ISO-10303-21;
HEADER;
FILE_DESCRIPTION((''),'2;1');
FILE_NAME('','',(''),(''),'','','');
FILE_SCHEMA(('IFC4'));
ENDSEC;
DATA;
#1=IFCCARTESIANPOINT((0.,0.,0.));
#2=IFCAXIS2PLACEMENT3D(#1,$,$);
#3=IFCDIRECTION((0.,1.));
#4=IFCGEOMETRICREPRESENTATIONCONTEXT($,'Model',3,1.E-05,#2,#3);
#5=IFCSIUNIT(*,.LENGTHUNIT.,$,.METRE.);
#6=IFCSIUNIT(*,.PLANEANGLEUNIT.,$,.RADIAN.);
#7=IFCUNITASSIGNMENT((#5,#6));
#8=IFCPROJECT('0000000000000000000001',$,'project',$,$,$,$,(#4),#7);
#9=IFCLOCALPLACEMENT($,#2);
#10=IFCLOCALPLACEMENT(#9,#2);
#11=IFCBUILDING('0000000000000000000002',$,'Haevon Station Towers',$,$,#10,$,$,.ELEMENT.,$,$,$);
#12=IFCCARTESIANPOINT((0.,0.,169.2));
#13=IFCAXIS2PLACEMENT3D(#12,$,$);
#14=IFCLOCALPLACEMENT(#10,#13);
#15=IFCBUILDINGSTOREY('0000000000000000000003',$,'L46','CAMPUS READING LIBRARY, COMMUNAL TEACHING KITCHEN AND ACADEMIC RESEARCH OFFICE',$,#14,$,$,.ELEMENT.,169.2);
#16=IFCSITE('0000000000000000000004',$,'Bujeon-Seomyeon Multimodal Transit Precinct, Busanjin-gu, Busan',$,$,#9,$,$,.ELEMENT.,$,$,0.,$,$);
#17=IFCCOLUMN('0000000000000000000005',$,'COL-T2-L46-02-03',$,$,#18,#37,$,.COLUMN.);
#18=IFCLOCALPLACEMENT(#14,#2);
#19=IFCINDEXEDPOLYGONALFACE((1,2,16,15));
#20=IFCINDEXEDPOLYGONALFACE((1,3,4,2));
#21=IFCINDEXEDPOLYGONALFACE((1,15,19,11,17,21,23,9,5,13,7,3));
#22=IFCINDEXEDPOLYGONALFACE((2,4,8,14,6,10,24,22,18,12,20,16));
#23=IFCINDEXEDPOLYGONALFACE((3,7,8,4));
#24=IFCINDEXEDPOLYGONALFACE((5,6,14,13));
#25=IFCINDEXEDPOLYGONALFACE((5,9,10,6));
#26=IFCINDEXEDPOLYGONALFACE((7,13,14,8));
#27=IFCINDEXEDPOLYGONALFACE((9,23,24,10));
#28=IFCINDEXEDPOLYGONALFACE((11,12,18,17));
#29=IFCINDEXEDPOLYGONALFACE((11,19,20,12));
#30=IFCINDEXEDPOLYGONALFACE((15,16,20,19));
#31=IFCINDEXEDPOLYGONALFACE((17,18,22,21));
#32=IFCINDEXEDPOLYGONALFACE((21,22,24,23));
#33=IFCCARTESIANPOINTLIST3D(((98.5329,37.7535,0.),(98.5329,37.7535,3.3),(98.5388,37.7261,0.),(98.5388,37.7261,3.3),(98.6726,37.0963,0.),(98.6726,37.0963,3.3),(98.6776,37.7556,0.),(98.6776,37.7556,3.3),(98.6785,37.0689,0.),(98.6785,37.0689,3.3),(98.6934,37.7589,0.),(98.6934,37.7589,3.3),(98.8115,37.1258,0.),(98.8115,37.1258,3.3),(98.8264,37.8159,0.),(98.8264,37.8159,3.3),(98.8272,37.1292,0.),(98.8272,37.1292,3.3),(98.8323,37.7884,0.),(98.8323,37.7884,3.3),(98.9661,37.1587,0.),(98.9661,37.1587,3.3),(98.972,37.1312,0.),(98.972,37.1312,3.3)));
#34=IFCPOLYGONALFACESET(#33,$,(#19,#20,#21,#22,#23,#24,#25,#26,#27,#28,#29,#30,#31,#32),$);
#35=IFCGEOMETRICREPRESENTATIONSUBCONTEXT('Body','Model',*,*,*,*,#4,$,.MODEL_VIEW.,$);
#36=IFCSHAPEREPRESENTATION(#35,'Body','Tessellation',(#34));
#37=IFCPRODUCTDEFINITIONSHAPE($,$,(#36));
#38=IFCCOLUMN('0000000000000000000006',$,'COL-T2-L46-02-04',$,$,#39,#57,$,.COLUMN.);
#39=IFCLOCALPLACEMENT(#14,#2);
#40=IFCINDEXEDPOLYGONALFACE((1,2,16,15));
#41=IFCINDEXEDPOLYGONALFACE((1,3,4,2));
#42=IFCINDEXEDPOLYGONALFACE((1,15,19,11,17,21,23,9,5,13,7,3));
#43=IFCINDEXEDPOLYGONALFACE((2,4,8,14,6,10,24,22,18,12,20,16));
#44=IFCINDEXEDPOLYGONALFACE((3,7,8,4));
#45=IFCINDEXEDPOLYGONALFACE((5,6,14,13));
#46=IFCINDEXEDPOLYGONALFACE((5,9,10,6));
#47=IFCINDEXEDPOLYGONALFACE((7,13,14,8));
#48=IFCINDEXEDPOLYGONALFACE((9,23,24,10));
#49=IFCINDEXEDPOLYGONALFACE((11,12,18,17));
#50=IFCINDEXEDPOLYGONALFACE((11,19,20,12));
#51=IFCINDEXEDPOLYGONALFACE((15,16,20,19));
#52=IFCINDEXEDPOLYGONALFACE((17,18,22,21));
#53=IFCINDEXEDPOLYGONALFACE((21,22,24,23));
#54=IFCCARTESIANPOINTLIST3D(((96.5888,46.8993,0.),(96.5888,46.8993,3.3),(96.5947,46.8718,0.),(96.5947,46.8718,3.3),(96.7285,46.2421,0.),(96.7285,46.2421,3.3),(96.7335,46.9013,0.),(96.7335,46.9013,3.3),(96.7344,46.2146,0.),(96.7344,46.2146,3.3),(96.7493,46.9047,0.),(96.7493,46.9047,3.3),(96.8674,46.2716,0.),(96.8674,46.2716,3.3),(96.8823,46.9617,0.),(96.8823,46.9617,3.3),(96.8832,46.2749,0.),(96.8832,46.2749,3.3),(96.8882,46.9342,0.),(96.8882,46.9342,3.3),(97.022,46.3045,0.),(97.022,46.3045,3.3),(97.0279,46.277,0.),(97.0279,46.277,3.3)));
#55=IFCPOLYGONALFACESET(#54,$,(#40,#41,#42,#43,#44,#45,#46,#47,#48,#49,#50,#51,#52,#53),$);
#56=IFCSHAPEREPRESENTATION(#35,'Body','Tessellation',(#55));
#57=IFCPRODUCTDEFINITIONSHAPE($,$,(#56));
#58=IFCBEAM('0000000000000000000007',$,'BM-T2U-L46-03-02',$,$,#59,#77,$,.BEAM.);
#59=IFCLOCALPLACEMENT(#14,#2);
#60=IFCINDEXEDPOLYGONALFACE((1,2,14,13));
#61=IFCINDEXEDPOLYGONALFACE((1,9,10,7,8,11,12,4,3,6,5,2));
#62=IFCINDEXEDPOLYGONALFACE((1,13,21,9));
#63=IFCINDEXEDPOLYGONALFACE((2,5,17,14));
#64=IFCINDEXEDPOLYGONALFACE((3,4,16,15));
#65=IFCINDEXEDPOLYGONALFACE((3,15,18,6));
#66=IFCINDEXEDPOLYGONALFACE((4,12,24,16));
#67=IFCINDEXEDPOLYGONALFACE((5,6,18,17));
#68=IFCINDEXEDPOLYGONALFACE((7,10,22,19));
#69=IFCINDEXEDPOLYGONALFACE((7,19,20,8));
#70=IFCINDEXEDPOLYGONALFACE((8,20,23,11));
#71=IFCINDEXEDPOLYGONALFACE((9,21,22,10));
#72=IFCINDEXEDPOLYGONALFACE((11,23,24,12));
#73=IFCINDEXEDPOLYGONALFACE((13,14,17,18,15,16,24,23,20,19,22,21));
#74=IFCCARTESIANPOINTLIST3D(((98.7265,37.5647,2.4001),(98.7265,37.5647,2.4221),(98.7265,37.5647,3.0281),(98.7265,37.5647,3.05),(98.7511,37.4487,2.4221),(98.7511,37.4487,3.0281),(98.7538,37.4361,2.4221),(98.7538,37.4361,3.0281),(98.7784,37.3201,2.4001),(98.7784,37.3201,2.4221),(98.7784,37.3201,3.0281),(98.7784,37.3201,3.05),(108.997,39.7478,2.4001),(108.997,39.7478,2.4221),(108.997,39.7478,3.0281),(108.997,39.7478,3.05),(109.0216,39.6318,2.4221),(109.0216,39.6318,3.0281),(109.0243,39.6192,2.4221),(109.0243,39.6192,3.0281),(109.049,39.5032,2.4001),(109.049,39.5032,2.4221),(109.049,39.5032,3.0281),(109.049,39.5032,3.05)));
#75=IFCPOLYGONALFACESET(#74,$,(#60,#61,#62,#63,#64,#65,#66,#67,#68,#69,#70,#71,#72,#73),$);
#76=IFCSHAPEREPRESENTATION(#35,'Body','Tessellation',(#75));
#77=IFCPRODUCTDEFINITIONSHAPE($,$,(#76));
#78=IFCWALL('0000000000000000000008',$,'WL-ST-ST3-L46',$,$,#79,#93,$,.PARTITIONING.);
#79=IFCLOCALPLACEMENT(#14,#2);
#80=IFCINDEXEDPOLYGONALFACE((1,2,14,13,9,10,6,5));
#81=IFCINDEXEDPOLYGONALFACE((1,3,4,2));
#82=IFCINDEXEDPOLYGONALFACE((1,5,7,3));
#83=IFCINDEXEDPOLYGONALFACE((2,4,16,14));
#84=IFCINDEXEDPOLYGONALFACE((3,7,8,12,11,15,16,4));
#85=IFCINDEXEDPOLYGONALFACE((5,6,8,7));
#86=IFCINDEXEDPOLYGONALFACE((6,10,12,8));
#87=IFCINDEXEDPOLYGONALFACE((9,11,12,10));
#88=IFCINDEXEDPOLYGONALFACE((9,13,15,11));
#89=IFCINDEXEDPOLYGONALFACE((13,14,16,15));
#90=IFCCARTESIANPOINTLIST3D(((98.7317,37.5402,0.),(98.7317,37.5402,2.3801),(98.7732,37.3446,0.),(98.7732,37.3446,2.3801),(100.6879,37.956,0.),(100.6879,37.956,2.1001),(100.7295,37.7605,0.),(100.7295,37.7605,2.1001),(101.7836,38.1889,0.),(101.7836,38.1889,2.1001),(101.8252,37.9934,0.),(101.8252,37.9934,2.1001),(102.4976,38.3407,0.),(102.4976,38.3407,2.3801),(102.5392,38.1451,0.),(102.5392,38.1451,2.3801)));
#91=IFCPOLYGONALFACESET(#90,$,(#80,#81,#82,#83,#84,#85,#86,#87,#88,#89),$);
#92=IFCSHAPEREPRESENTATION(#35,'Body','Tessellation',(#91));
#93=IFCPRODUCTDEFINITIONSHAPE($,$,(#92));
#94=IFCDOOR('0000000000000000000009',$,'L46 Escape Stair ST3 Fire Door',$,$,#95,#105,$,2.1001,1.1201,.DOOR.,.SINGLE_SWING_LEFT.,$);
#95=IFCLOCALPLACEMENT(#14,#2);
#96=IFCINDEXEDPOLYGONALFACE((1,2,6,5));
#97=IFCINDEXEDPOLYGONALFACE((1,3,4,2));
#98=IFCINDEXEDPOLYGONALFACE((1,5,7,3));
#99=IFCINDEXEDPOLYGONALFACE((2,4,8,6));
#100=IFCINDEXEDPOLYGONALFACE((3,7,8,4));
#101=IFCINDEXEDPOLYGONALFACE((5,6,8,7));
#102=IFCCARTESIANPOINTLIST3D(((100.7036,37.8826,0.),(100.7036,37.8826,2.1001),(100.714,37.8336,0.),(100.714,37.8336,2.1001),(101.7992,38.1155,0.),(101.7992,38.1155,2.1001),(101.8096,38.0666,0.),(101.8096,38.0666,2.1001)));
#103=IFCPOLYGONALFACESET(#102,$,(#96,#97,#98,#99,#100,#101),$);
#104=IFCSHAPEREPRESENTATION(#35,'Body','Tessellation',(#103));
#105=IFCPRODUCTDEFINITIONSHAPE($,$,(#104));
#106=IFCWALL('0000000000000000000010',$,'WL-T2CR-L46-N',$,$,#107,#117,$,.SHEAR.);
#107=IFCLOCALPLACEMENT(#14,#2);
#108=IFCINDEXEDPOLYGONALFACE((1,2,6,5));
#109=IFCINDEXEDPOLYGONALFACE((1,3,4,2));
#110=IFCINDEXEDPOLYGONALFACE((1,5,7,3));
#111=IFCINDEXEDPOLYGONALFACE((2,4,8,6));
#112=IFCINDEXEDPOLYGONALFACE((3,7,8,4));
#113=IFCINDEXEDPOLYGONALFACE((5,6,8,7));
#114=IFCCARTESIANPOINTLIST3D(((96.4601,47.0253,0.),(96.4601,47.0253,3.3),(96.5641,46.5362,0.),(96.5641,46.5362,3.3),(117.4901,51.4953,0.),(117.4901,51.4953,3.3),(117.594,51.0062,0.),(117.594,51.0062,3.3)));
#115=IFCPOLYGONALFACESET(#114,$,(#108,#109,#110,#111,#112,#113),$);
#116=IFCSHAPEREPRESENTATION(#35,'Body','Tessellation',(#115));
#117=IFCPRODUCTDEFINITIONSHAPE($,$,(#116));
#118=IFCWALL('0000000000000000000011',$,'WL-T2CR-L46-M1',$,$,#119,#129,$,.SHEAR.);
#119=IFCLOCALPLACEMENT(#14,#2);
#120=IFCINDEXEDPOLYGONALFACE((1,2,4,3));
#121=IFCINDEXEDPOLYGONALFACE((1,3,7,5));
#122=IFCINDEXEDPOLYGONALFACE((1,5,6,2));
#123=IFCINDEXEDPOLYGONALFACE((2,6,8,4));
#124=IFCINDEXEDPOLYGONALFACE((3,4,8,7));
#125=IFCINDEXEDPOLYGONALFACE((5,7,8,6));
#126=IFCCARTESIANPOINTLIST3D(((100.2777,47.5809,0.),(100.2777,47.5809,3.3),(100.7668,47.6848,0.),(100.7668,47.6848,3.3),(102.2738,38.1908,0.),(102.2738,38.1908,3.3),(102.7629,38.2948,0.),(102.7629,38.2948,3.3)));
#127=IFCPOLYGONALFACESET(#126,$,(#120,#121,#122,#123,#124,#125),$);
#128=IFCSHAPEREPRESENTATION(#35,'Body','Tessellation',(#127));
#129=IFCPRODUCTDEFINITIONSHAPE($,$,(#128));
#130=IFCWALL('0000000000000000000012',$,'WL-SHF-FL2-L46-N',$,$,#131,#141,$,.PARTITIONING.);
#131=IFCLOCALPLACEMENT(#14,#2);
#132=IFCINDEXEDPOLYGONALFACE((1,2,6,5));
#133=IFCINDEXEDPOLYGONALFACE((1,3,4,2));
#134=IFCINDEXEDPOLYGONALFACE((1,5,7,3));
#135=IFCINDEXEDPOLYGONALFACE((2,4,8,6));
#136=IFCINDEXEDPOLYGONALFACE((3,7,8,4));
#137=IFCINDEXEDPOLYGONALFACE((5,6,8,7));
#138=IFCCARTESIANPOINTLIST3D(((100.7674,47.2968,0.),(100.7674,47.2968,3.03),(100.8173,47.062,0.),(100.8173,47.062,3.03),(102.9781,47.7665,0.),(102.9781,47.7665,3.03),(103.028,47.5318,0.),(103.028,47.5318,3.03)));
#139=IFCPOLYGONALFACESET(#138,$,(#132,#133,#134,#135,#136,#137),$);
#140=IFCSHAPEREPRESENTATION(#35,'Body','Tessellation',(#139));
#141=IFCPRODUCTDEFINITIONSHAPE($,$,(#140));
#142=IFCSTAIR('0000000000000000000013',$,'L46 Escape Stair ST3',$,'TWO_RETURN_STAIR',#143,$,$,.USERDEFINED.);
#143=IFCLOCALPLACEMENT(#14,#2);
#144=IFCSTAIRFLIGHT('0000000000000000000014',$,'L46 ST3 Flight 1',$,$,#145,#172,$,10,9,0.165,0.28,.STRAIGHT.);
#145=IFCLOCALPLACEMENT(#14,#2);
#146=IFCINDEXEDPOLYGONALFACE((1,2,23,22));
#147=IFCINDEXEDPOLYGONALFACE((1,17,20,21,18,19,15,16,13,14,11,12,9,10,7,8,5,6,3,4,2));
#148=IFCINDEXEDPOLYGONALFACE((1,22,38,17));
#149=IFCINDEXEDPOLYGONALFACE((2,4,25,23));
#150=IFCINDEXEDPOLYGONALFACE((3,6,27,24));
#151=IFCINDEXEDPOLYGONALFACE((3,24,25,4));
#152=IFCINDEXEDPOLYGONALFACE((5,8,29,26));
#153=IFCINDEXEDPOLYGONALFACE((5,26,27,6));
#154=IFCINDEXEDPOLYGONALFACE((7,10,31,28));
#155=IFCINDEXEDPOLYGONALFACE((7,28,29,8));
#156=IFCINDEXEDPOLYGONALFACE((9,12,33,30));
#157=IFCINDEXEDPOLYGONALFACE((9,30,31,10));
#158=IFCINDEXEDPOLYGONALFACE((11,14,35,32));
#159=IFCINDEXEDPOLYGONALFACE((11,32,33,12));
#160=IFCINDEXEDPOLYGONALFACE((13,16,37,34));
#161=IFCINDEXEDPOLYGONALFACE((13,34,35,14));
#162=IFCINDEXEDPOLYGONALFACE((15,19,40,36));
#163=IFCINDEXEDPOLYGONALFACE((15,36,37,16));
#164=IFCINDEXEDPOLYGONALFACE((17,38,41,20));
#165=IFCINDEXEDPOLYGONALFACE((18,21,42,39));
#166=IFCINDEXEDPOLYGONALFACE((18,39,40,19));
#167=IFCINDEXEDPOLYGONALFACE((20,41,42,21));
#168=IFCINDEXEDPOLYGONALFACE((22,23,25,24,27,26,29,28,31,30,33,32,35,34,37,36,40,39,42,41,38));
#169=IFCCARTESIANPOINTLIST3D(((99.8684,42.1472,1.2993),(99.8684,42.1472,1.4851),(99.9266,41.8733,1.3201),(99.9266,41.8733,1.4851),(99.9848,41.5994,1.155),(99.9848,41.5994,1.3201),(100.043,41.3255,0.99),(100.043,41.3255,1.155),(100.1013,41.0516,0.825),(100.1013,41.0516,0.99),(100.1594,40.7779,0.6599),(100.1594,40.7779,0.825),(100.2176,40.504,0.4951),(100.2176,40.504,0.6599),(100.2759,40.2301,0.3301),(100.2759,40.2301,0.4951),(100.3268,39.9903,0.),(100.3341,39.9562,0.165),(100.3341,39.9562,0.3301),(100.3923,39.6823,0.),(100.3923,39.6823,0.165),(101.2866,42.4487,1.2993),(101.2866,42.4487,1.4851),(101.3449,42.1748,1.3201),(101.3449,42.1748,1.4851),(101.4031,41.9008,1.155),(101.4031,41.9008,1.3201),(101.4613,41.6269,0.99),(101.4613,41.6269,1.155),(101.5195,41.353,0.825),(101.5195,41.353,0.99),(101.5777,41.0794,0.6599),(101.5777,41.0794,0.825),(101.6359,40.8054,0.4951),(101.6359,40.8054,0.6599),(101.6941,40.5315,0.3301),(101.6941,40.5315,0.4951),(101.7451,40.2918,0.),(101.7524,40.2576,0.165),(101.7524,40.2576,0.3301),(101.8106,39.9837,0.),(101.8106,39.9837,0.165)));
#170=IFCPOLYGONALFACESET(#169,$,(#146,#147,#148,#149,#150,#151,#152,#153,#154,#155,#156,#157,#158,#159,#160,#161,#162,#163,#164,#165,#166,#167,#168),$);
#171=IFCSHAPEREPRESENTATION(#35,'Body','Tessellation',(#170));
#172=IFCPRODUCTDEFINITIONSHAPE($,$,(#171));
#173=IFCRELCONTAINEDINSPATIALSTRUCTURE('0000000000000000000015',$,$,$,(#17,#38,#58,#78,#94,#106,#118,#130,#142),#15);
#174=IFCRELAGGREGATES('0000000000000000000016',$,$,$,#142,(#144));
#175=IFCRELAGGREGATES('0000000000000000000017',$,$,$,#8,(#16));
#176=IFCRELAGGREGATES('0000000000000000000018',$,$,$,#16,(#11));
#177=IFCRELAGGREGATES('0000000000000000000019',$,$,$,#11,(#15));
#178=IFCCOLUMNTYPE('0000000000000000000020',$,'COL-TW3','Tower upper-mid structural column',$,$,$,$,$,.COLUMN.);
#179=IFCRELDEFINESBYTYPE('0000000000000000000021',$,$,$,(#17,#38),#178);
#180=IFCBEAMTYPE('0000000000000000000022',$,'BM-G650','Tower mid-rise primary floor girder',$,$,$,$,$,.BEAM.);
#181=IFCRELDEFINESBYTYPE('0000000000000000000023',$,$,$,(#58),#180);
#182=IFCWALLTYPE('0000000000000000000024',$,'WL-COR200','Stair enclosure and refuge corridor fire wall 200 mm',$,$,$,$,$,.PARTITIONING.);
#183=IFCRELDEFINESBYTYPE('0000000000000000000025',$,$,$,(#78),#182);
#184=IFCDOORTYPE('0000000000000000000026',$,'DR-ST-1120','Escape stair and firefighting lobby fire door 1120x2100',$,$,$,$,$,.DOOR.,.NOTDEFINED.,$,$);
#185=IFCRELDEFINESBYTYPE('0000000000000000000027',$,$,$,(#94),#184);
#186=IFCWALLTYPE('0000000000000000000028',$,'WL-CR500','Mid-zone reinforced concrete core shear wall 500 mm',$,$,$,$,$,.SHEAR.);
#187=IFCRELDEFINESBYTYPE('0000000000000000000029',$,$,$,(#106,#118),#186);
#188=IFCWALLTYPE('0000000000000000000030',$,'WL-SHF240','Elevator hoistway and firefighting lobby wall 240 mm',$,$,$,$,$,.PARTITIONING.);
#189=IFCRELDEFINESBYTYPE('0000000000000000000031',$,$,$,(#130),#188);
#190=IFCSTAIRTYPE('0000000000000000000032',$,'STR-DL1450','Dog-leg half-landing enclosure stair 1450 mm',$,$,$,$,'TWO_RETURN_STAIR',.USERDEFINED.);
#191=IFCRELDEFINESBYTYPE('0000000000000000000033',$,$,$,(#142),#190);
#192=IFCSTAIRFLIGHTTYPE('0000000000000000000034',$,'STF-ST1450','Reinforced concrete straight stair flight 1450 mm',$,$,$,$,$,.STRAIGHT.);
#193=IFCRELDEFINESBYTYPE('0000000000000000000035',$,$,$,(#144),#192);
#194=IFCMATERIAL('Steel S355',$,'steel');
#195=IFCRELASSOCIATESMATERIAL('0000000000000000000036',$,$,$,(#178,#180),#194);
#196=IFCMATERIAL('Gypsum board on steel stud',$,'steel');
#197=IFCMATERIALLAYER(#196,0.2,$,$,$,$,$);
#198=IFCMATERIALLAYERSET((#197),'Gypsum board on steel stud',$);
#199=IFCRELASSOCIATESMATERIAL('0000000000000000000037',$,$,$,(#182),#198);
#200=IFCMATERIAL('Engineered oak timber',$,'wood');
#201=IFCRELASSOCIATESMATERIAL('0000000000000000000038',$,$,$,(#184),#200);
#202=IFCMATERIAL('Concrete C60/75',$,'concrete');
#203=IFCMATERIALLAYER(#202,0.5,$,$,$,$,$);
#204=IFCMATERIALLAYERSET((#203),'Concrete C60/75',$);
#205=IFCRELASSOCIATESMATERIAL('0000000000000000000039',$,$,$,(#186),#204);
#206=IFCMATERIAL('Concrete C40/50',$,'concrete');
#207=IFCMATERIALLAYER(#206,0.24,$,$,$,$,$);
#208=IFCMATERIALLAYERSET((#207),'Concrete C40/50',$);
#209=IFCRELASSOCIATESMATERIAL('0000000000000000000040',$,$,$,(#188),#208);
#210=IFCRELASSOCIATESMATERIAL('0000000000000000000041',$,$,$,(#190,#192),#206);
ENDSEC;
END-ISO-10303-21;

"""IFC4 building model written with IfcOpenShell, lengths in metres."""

from ifc_helpers import new_model, si_unit, direction, frame, frame_2d, origin, origin_2d, place, context, subcontext, project, spatial, polyline, rectangle, i_section, outline, extrude, material, layer, layer_set, material_profile, profile_set, type_object, element, fill, aggregate, save


model = new_model("IFC4")

# Units and contexts
model_context = context("Model", 3, precision=1e-05, world=origin(), true_north=direction((0.0, 1.0)))
body_context = subcontext(model_context, "Body", "Model", "MODEL_VIEW")
ifc_project = project(units=[si_unit("LENGTHUNIT", "METRE"), si_unit("PLANEANGLEUNIT", "RADIAN")], contexts=[model_context])

# Site, building, storey
site_placement = place(None, origin())
site = spatial("IfcSite", under=ifc_project, at=site_placement, Name="Bujeon-Seomyeon Multimodal Transit Precinct, Busanjin-gu, Busan", CompositionType="ELEMENT", RefElevation=0.0)
building_placement = place(site_placement, origin())
building = spatial("IfcBuilding", under=site, at=building_placement, Name="Haevon Station Towers", CompositionType="ELEMENT")
storey_placement = place(building_placement, frame((0.0, 0.0, 169.2)))
storey = spatial("IfcBuildingStorey", under=building, at=storey_placement, Name="L46", Description="CAMPUS READING LIBRARY, COMMUNAL TEACHING KITCHEN AND ACADEMIC RESEARCH OFFICE", CompositionType="ELEMENT", Elevation=169.2)

# Columns
ifc_material_1 = material(Name="Steel S355", Category="steel")
ifc_material_profile_1 = material_profile(ifc_material_1, i_section(OverallWidth=0.3, OverallDepth=0.7, WebThickness=0.0161, FlangeThickness=0.0281, at=origin_2d()), Name="H-700x300x16x28")
ifc_profile_set_1 = profile_set([ifc_material_profile_1], Name="Steel S355")
column_type = type_object("IfcColumnType", Name="COL-TW3", Description="Tower upper-mid structural column", PredefinedType="COLUMN", material=ifc_profile_set_1)
for number, where, z_axis, x_axis, name in (
    (1, (98.7524, 37.4424, 0.0), (0.0, 0.0, 1.0), (0.978148, 0.207912, 0.0), "COL-T2-L46-02-03"),
    (2, (96.8083, 46.5881, 0.0), (0.0, 0.0, 1.0), (0.978148, 0.207912, 0.0), "COL-T2-L46-02-04"),
):
    element("IfcColumn", number, at=place(storey_placement, frame(where, z_axis=z_axis, x_axis=x_axis)), inside=storey, type_object=column_type, Name=name, PredefinedType="COLUMN", context=body_context, shape_type="SweptSolid", body=[
        extrude(i_section(OverallWidth=0.3, OverallDepth=0.7, WebThickness=0.0161, FlangeThickness=0.0281, at=origin_2d()), origin(), (0.0, 0.0, 1.0), 3.3),
    ])

# Beam
ifc_material_profile_2 = material_profile(ifc_material_1, i_section(OverallWidth=0.25, OverallDepth=0.6499, WebThickness=0.0129, FlangeThickness=0.022, at=origin_2d()), Name="H-650x250x13x22")
ifc_profile_set_2 = profile_set([ifc_material_profile_2], Name="Steel S355")
beam_type = type_object("IfcBeamType", Name="BM-G650", Description="Tower mid-rise primary floor girder", PredefinedType="BEAM", material=ifc_profile_set_2)
beam_placement = place(storey_placement, frame((98.7524, 37.4424, 2.7251), z_axis=(0.978147, 0.207915, 0.0), x_axis=(-0.207915, 0.978147, 0.0)))
element("IfcBeam", 3, at=beam_placement, inside=storey, type_object=beam_type, Name="BM-T2U-L46-03-02", PredefinedType="BEAM", context=body_context, shape_type="SweptSolid", body=[
    extrude(i_section(OverallWidth=0.25, OverallDepth=0.6499, WebThickness=0.0129, FlangeThickness=0.022, at=origin_2d()), origin(), (0.0, 0.0, 1.0), 10.5),
])

# Wall, opening, door
ifc_material_2 = material(Name="Gypsum board on steel stud", Category="steel")
ifc_layer_1 = layer(ifc_material_2, 0.2)
ifc_layer_set_1 = layer_set([ifc_layer_1], Name="Gypsum board on steel stud")
wall_type_1 = type_object("IfcWallType", Name="WL-COR200", Description="Stair enclosure and refuge corridor fire wall 200 mm", PredefinedType="PARTITIONING", material=ifc_layer_set_1)
wall_1_placement = place(storey_placement, frame((98.7524, 37.4424, 0.0), z_axis=(0.0, 0.0, 1.0), x_axis=(0.978144, 0.207931, 0.0)))
wall_1 = element("IfcWall", 4, at=wall_1_placement, inside=storey, type_object=wall_type_1, Name="WL-ST-ST3-L46", PredefinedType="PARTITIONING", context=body_context, shape_type="SweptSolid", body=[
    extrude(rectangle(XDim=3.8501, YDim=0.2, at=frame_2d((1.925, 0.0))), origin(), (0.0, 0.0, 1.0), 2.3801),
])
opening_1_placement = place(wall_1_placement, frame((2.0, 0.0, 0.0)))
opening_1 = element("IfcOpeningElement", 5, at=opening_1_placement, cuts=wall_1, PredefinedType="OPENING", context=body_context, shape_type="SweptSolid", body=[
    extrude(rectangle(XDim=1.1201, YDim=2.1001, at=frame_2d((0.5601, 1.05))), frame((0.0, 0.1099, 0.0), z_axis=(0.0, -1.0, 0.0), x_axis=(1.0, 0.0, 0.0)), (0.0, 0.0, 1.0), 0.22),
])
ifc_material_3 = material(Name="Engineered oak timber", Category="wood")
door_type_1 = type_object("IfcDoorType", Name="DR-ST-1120", Description="Escape stair and firefighting lobby fire door 1120x2100", OperationType="NOTDEFINED", PredefinedType="DOOR", material=ifc_material_3)
door_1_placement = place(opening_1_placement, origin())
door_1 = element("IfcDoor", 6, at=door_1_placement, inside=storey, type_object=door_type_1, Name="L46 Escape Stair ST3 Fire Door", OperationType="SINGLE_SWING_LEFT", OverallHeight=2.1001, OverallWidth=1.1201, PredefinedType="DOOR", context=body_context, shape_type="SweptSolid", body=[
    extrude(rectangle(XDim=1.1201, YDim=2.1001, at=frame_2d((0.5601, 1.05))), frame((0.0, 0.0249, 0.0), z_axis=(0.0, -1.0, 0.0), x_axis=(1.0, 0.0, 0.0)), (0.0, 0.0, 1.0), 0.05),
])
fill(opening_1, door_1)

# Walls
ifc_material_4 = material(Name="Concrete C60/75", Category="concrete")
ifc_layer_2 = layer(ifc_material_4, 0.5)
ifc_layer_set_2 = layer_set([ifc_layer_2], Name="Concrete C60/75")
wall_type_2 = type_object("IfcWallType", Name="WL-CR500", Description="Mid-zone reinforced concrete core shear wall 500 mm", PredefinedType="SHEAR", material=ifc_layer_set_2)
wall_2_placement = place(storey_placement, frame((96.512, 46.7808, 0.0), z_axis=(0.0, 0.0, 1.0), x_axis=(0.978149, 0.207907, 0.0)))
element("IfcWall", 7, at=wall_2_placement, inside=storey, type_object=wall_type_2, Name="WL-T2CR-L46-N", PredefinedType="SHEAR", context=body_context, shape_type="SweptSolid", body=[
    extrude(rectangle(XDim=21.4998, YDim=0.5, at=frame_2d((10.75, 0.0))), origin(), (0.0, 0.0, 1.0), 3.3),
])
wall_3_placement = place(storey_placement, frame((102.5183, 38.2429, 0.0), z_axis=(0.0, 0.0, 1.0), x_axis=(-0.207927, 0.978144, 0.0)))
element("IfcWall", 8, at=wall_3_placement, inside=storey, type_object=wall_type_2, Name="WL-T2CR-L46-M1", PredefinedType="SHEAR", context=body_context, shape_type="SweptSolid", body=[
    extrude(rectangle(XDim=9.5999, YDim=0.5, at=frame_2d((4.7998, 0.0))), origin(), (0.0, 0.0, 1.0), 3.3),
])

# Shared definitions
ifc_material_5 = material(Name="Concrete C40/50", Category="concrete")
ifc_layer_3 = layer(ifc_material_5, 0.24)
ifc_layer_set_3 = layer_set([ifc_layer_3], Name="Concrete C40/50")
wall_type_3 = type_object("IfcWallType", Name="WL-SHF240", Description="Elevator hoistway and firefighting lobby wall 240 mm", PredefinedType="PARTITIONING", material=ifc_layer_set_3)

# Wall
wall_4_placement = place(storey_placement, frame((100.7925, 47.1794, 0.0), z_axis=(0.0, 0.0, 1.0), x_axis=(0.978163, 0.207839, 0.0)))
element("IfcWall", 9, at=wall_4_placement, inside=storey, type_object=wall_type_3, Name="WL-SHF-FL2-L46-N", PredefinedType="PARTITIONING", context=body_context, shape_type="SweptSolid", body=[
    extrude(rectangle(XDim=2.26, YDim=0.24, at=frame_2d((1.1299, 0.0))), origin(), (0.0, 0.0, 1.0), 3.03),
])

# Stair, stair flight
stair_type = type_object("IfcStairType", Name="STR-DL1450", Description="Dog-leg half-landing enclosure stair 1450 mm", ElementType="TWO_RETURN_STAIR", PredefinedType="USERDEFINED", material=ifc_material_5)
stair_placement = place(storey_placement, origin())
stair = element("IfcStair", 10, at=stair_placement, inside=storey, type_object=stair_type, Name="L46 Escape Stair ST3", ObjectType="TWO_RETURN_STAIR", PredefinedType="USERDEFINED")
stair_flight_type = type_object("IfcStairFlightType", Name="STF-ST1450", Description="Reinforced concrete straight stair flight 1450 mm", PredefinedType="STRAIGHT", material=ifc_material_5)
stair_flight_1_placement = place(storey_placement, frame((101.1016, 39.833, 0.0), z_axis=(0.0, 0.0, 1.0), x_axis=(-0.207912, 0.978148, 0.0)))
stair_flight_1 = element("IfcStairFlight", 11, at=stair_flight_1_placement, type_object=stair_flight_type, Name="L46 ST3 Flight 1", NumberOfRisers=10, NumberOfTreads=9, PredefinedType="STRAIGHT", RiserHeight=0.165, TreadLength=0.28, context=body_context, shape_type="SweptSolid", body=[
    extrude(outline(polyline([(0.0, 0.0), (0.0, 0.165), (0.28, 0.165), (0.28, 0.3301), (0.5601, 0.3301), (0.5601, 0.4951), (0.8401, 0.4951), (0.8401, 0.6599), (1.1201, 0.6599), (1.1201, 0.825), (1.3999, 0.825), (1.3999, 0.99), (1.6799, 0.99), (1.6799, 1.155), (1.96, 1.155), (1.96, 1.3201), (2.24, 1.3201), (2.24, 1.4851), (2.52, 1.4851), (2.52, 1.6499), (2.52, 1.2993), (0.3149, 0.0), (0.0, 0.0)])), frame((0.0, 0.7251, 0.0), z_axis=(0.0, -1.0, 0.0), x_axis=(1.0, 0.0, 0.0)), (0.0, 0.0, 1.0), 1.45),
])
aggregate(stair, [stair_flight_1])

save(model, "model.ifc")
